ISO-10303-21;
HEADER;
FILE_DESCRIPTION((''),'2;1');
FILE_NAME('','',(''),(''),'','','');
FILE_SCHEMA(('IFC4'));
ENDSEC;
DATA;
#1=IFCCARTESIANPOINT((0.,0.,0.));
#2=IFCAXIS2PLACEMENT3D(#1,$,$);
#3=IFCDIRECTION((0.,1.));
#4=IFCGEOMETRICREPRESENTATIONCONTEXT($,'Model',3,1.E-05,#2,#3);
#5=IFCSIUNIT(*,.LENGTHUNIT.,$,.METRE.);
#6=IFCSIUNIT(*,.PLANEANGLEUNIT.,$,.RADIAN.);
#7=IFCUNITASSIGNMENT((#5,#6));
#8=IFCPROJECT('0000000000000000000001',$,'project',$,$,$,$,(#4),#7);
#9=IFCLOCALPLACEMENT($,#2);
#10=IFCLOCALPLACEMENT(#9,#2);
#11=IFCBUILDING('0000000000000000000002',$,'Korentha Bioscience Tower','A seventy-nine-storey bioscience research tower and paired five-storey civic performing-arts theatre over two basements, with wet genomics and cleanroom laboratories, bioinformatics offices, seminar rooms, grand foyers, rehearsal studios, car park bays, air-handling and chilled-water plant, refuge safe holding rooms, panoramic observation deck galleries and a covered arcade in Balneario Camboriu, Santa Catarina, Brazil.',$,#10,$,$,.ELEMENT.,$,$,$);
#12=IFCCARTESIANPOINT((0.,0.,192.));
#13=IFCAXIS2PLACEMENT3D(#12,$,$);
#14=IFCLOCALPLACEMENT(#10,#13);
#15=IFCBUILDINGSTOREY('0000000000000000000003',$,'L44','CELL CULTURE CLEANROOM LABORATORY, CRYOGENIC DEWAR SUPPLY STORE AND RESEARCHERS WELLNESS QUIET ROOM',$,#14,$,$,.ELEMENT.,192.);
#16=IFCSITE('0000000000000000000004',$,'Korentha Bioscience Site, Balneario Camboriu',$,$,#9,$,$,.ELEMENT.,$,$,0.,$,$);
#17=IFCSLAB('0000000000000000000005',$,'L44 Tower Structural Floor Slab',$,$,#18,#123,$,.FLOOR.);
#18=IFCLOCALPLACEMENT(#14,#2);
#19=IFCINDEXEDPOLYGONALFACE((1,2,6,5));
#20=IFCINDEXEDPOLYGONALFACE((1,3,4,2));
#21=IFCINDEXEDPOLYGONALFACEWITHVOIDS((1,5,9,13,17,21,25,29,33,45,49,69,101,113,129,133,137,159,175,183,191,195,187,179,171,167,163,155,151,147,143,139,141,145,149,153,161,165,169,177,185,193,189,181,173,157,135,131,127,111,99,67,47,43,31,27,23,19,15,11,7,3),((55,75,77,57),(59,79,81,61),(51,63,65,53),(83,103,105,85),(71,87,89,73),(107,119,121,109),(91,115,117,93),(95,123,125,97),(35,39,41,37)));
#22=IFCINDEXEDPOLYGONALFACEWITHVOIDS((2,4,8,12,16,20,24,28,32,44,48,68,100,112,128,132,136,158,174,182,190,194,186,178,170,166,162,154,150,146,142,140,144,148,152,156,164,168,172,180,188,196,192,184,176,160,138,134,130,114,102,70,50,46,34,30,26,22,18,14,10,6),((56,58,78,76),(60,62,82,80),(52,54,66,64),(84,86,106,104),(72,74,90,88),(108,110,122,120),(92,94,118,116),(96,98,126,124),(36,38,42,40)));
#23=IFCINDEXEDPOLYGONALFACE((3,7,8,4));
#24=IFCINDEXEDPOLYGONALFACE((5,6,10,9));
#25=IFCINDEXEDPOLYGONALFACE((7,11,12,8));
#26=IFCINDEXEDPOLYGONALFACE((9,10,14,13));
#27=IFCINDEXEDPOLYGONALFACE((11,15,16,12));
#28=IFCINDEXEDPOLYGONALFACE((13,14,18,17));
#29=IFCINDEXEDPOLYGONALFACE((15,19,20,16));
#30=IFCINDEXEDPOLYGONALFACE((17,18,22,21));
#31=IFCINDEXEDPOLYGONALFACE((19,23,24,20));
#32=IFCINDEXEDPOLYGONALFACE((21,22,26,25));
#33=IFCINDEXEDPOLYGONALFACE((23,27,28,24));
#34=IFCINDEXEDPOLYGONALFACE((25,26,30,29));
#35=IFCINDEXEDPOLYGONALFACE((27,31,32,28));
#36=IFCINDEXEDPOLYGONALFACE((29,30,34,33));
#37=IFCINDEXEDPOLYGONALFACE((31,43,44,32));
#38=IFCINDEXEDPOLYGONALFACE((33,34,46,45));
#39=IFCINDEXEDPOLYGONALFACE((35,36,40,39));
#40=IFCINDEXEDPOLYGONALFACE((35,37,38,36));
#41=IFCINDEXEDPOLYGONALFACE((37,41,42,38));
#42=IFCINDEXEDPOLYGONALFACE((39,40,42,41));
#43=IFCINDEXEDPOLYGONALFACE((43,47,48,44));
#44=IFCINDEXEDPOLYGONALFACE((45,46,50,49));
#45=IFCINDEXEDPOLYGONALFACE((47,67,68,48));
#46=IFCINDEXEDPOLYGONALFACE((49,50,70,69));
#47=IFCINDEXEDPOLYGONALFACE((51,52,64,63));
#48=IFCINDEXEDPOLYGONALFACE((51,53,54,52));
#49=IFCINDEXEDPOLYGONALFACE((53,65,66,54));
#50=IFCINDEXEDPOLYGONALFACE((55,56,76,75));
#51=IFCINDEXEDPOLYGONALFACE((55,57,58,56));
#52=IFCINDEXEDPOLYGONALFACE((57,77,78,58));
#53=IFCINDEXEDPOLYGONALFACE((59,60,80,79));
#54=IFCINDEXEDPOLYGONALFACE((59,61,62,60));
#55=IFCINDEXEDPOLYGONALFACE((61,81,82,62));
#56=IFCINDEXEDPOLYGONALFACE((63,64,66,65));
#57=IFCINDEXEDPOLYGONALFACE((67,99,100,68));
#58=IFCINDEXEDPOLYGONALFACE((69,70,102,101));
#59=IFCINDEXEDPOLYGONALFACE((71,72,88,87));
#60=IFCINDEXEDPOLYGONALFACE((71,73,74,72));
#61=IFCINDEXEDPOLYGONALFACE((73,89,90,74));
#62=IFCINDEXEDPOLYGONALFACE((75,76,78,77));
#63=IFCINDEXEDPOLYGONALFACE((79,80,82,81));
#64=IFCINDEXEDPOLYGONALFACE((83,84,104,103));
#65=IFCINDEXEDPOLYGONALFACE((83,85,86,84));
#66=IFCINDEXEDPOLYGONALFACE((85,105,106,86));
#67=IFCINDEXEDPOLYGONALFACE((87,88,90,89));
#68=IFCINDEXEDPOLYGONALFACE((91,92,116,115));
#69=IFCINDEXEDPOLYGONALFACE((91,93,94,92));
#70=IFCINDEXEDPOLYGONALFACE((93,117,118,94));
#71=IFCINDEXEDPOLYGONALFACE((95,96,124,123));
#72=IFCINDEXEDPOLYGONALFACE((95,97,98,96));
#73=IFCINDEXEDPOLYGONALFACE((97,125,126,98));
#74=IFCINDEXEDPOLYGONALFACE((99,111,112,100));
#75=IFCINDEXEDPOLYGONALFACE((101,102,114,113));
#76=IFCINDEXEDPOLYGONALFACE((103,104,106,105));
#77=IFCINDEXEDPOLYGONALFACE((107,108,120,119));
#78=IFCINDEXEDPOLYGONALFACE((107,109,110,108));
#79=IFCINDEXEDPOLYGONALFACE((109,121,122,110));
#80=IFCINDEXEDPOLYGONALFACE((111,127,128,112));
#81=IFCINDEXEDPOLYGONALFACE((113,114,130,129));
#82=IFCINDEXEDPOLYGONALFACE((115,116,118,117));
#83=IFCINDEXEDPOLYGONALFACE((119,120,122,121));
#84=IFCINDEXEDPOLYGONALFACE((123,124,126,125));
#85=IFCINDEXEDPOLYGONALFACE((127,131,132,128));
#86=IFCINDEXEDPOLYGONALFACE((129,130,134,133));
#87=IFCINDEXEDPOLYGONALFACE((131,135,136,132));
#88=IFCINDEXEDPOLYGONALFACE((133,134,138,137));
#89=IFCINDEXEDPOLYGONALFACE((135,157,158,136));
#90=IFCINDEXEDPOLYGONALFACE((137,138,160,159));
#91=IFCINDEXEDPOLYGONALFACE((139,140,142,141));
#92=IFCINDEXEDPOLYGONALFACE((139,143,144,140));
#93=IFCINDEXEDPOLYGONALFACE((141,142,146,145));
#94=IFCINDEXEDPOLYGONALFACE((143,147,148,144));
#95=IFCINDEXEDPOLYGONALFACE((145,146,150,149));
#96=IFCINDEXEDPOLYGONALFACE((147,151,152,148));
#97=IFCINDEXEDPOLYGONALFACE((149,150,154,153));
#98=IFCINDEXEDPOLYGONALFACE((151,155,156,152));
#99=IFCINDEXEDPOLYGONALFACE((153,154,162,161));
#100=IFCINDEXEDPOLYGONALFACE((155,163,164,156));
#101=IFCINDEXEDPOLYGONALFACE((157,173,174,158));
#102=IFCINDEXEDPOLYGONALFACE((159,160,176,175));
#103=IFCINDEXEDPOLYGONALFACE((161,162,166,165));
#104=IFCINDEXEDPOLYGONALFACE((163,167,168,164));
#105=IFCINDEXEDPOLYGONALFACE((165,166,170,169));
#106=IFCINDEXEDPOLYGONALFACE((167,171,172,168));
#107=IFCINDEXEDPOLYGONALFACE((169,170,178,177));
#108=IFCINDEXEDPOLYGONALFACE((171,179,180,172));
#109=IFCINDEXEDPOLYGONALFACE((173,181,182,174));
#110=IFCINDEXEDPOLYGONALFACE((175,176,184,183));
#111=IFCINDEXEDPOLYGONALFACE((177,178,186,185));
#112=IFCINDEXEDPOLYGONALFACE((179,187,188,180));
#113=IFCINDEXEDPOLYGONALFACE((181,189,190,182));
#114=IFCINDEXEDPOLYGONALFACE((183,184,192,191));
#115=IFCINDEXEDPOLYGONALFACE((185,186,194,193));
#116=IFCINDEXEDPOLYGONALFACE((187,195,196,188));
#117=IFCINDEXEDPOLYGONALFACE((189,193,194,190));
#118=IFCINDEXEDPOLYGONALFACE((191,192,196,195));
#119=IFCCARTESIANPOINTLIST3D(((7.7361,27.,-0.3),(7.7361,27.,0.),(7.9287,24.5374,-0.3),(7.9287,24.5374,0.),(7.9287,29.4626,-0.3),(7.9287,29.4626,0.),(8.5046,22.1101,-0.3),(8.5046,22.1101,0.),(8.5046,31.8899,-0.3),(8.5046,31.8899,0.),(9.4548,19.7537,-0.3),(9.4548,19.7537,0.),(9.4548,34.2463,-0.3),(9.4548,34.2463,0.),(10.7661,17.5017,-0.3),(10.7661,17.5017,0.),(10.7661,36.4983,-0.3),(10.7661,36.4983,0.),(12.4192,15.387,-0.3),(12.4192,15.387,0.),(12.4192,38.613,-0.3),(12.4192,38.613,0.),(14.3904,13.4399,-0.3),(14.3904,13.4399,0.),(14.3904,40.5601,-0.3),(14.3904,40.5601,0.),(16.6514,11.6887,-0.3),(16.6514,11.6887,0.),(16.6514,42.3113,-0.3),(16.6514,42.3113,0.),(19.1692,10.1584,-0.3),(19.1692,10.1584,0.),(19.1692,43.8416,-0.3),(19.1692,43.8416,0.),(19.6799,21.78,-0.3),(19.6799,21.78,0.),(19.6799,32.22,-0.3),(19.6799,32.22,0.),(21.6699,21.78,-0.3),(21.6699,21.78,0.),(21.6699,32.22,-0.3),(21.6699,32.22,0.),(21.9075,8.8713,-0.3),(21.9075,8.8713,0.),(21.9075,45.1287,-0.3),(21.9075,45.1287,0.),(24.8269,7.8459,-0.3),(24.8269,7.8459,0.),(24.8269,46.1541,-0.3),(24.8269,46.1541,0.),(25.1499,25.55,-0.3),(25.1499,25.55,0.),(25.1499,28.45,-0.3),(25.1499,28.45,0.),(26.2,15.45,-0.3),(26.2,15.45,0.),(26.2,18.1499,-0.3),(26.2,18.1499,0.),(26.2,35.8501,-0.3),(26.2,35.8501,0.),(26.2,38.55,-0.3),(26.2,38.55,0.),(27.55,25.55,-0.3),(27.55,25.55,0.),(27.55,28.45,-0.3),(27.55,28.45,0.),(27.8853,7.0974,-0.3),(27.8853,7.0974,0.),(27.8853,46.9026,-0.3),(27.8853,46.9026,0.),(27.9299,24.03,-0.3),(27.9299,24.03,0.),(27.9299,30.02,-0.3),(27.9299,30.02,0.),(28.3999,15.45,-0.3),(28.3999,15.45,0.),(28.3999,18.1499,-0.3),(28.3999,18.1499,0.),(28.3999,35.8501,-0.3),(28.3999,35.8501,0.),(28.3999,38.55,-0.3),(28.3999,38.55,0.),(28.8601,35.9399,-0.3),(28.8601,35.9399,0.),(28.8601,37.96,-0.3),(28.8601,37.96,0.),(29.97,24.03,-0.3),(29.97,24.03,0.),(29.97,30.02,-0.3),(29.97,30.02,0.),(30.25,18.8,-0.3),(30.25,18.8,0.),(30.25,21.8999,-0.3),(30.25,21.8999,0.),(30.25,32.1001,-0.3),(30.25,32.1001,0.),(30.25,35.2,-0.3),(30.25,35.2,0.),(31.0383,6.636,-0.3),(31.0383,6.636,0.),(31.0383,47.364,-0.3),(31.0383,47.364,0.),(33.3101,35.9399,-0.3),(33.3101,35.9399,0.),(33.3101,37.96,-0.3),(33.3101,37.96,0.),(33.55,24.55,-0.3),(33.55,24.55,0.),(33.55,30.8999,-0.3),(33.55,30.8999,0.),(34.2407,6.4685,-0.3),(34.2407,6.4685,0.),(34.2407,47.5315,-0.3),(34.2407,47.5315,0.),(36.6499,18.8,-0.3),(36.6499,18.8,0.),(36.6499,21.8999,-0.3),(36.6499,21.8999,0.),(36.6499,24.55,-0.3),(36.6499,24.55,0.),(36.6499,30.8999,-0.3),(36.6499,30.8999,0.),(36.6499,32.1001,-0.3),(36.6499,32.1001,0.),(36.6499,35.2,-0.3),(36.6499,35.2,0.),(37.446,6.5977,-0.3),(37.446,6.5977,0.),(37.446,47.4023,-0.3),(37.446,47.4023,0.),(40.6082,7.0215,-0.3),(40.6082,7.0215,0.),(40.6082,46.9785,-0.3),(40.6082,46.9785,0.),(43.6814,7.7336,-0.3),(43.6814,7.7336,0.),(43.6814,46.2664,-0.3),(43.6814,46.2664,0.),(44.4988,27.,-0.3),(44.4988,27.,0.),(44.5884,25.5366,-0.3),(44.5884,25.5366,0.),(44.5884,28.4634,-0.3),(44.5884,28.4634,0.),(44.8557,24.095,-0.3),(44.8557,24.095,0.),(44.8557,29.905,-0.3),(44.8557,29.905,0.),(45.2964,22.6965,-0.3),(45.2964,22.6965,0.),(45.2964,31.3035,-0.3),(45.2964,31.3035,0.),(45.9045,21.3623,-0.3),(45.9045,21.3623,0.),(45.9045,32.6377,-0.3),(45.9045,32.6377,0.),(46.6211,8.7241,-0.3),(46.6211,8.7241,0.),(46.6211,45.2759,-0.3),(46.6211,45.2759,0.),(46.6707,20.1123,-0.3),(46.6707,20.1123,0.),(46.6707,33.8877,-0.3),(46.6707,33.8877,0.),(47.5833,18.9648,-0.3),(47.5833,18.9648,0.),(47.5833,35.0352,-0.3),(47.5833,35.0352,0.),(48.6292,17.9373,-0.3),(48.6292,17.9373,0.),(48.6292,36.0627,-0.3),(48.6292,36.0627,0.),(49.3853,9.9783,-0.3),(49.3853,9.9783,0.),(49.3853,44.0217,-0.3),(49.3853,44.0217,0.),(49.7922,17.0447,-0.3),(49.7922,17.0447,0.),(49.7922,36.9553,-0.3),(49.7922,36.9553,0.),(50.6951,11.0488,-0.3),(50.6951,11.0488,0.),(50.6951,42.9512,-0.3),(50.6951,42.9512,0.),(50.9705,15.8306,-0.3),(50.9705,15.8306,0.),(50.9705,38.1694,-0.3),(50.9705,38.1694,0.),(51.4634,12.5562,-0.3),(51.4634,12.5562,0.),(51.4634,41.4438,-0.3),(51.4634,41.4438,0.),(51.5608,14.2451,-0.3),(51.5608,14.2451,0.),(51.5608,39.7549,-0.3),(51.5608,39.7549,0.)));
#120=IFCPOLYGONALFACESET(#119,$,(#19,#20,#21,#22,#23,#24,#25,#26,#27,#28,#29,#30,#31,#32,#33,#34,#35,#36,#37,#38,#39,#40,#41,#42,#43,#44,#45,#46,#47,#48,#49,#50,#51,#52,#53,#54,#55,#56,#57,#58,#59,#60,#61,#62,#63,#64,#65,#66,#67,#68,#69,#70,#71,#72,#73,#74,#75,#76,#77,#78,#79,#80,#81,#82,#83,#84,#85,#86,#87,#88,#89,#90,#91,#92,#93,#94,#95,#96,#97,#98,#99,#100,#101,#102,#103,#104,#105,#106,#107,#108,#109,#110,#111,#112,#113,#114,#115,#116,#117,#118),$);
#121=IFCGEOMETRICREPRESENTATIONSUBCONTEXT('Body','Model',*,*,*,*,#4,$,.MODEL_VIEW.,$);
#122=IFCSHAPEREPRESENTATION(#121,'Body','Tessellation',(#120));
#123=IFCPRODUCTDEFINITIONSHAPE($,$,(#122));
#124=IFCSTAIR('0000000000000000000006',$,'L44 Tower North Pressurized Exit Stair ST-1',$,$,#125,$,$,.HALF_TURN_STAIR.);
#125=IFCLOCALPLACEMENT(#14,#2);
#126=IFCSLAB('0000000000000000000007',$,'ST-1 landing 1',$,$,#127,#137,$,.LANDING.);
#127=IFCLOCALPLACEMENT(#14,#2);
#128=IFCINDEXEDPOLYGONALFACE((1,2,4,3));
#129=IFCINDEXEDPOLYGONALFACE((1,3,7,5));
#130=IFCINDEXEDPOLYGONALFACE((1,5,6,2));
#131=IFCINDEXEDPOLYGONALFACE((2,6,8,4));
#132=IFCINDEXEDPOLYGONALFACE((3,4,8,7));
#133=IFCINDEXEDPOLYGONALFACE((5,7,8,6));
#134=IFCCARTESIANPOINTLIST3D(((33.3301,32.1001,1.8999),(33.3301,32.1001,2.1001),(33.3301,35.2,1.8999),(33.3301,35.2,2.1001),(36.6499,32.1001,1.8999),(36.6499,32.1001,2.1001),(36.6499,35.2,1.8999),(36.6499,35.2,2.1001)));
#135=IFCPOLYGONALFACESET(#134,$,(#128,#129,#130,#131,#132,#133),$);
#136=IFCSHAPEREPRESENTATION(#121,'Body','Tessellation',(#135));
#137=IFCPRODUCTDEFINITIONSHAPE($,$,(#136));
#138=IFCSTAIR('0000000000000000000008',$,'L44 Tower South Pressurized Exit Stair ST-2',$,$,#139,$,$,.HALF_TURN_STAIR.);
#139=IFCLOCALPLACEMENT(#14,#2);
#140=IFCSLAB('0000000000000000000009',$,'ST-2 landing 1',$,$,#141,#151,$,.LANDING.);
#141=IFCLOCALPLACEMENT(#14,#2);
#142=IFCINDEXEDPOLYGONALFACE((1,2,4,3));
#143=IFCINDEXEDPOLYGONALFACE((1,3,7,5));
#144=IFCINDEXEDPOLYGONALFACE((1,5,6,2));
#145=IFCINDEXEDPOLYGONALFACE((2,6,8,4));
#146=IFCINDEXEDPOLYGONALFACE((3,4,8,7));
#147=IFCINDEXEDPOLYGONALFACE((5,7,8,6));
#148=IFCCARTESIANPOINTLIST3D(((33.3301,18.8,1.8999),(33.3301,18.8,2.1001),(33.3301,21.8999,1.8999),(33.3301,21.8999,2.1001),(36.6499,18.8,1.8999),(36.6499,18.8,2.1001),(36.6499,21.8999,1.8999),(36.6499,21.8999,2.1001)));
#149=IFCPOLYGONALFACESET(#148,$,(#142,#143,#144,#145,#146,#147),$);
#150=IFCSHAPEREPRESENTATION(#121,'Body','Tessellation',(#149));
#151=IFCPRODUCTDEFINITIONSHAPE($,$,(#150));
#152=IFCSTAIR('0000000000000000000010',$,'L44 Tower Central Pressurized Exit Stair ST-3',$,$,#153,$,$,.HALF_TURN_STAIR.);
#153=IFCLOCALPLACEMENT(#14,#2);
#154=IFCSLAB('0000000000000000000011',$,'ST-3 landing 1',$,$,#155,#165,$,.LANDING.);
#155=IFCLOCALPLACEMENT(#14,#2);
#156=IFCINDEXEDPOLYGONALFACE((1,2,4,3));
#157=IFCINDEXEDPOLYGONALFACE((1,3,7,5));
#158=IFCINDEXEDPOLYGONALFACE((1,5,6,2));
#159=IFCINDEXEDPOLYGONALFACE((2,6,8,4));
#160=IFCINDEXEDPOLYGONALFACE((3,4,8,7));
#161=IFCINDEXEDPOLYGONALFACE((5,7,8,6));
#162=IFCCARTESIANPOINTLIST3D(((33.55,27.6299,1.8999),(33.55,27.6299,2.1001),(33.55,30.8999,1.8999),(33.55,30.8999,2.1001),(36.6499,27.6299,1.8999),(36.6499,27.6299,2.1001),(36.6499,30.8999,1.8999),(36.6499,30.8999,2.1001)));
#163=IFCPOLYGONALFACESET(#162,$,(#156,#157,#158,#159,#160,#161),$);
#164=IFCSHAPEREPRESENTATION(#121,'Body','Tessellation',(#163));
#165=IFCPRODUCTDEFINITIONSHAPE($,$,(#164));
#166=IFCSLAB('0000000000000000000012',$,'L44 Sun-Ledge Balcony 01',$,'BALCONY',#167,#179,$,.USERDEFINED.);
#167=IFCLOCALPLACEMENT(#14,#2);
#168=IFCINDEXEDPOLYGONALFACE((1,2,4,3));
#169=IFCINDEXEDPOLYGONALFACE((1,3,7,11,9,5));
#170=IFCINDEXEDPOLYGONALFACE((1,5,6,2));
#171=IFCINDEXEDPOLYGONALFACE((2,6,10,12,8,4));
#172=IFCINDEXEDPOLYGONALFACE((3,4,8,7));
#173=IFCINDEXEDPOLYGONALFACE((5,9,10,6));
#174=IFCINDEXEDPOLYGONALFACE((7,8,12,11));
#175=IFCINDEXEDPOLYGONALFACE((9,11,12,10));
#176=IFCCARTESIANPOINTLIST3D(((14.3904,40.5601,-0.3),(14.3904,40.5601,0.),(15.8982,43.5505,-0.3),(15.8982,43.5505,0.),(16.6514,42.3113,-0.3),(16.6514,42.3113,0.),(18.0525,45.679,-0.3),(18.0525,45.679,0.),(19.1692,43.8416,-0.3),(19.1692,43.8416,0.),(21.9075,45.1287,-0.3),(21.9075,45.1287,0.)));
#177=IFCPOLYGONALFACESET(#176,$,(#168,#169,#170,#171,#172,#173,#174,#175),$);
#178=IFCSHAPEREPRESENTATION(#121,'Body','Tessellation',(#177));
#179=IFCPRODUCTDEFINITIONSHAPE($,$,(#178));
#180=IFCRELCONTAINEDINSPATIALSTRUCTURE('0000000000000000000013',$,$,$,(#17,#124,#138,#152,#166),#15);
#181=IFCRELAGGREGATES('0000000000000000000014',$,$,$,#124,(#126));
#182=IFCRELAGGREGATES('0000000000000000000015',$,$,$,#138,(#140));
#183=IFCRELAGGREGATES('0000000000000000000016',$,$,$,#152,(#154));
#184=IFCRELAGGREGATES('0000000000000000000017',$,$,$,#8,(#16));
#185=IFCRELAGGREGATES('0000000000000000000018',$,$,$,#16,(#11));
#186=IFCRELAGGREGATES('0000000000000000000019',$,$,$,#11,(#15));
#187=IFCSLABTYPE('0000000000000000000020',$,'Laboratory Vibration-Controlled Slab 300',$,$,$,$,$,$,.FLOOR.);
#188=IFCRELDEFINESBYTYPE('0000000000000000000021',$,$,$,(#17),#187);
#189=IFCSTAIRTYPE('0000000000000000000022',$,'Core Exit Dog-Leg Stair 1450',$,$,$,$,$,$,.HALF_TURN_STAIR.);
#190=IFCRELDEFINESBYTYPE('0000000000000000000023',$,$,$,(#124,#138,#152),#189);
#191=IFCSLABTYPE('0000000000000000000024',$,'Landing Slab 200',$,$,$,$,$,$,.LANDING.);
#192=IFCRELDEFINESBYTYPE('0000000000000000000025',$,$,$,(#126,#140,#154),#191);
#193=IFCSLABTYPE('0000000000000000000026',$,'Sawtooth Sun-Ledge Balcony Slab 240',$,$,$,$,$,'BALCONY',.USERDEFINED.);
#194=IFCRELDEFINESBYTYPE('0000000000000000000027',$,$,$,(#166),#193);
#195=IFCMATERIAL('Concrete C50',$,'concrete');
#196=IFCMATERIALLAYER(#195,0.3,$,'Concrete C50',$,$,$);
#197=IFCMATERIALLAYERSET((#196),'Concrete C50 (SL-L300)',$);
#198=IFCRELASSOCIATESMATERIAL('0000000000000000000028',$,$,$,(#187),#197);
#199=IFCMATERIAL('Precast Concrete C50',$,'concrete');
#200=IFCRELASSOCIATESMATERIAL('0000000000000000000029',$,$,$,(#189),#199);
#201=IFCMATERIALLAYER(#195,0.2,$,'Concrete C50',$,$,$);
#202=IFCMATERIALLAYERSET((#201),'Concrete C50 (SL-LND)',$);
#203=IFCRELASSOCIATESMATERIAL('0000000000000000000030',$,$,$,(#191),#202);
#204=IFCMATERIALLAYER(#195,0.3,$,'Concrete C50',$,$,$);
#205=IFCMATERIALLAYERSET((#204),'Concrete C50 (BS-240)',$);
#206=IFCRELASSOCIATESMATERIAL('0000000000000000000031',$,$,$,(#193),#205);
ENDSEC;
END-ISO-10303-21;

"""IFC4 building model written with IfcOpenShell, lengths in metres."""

from ifc_helpers import new_model, si_unit, direction, frame, origin, place, context, subcontext, project, spatial, polyline, outline, extrude, material, layer, layer_set, type_object, element, aggregate, save


model = new_model("IFC4")

# Units and contexts
model_context = context("Model", 3, precision=1e-05, world=origin(), true_north=direction((0.0, 1.0)))
body_context = subcontext(model_context, "Body", "Model", "MODEL_VIEW")
ifc_project = project(units=[si_unit("LENGTHUNIT", "METRE"), si_unit("PLANEANGLEUNIT", "RADIAN")], contexts=[model_context])

# Site, building, storey
site_placement = place(None, origin())
site = spatial("IfcSite", under=ifc_project, at=site_placement, Name="Korentha Bioscience Site, Balneario Camboriu", CompositionType="ELEMENT", RefElevation=0.0)
building_placement = place(site_placement, origin())
building = spatial("IfcBuilding", under=site, at=building_placement, Name="Korentha Bioscience Tower", Description="A seventy-nine-storey bioscience research tower and paired five-storey civic performing-arts theatre over two basements, with wet genomics and cleanroom laboratories, bioinformatics offices, seminar rooms, grand foyers, rehearsal studios, car park bays, air-handling and chilled-water plant, refuge safe holding rooms, panoramic observation deck galleries and a covered arcade in Balneario Camboriu, Santa Catarina, Brazil.", CompositionType="ELEMENT")
storey_placement = place(building_placement, frame((0.0, 0.0, 192.0)))
storey = spatial("IfcBuildingStorey", under=building, at=storey_placement, Name="L44", Description="CELL CULTURE CLEANROOM LABORATORY, CRYOGENIC DEWAR SUPPLY STORE AND RESEARCHERS WELLNESS QUIET ROOM", CompositionType="ELEMENT", Elevation=192.0)

# Slab
ifc_material_1 = material(Name="Concrete C50", Category="concrete")
ifc_layer_1 = layer(ifc_material_1, 0.3, Name="Concrete C50")
ifc_layer_set_1 = layer_set([ifc_layer_1], Name="Concrete C50 (SL-L300)")
slab_type_1 = type_object("IfcSlabType", Name="Laboratory Vibration-Controlled Slab 300", PredefinedType="FLOOR", material=ifc_layer_set_1)
slab_1_placement = place(storey_placement, frame((0.0, 0.0, -0.3)))
element("IfcSlab", 1, at=slab_1_placement, inside=storey, type_object=slab_type_1, Name="L44 Tower Structural Floor Slab", PredefinedType="FLOOR", context=body_context, shape_type="SweptSolid", body=[
    extrude(outline(polyline([(49.3853, 44.0217), (46.6211, 45.2759), (43.6814, 46.2664), (40.6082, 46.9785), (37.446, 47.4023), (34.2407, 47.5315), (31.0383, 47.364), (27.8853, 46.9026), (24.8269, 46.1541), (21.9075, 45.1287), (19.1692, 43.8416), (16.6514, 42.3113), (14.3904, 40.5601), (12.4192, 38.613), (10.7661, 36.4983), (9.4548, 34.2463), (8.5046, 31.8899), (7.9287, 29.4626), (7.7361, 27.0), (7.9287, 24.5374), (8.5046, 22.1101), (9.4548, 19.7537), (10.7661, 17.5017), (12.4192, 15.387), (14.3904, 13.4399), (16.6514, 11.6887), (19.1692, 10.1584), (21.9075, 8.8713), (24.8269, 7.8459), (27.8853, 7.0974), (31.0383, 6.636), (34.2407, 6.4685), (37.446, 6.5977), (40.6082, 7.0215), (43.6814, 7.7336), (46.6211, 8.7241), (49.3853, 9.9783), (50.6951, 11.0488), (51.4634, 12.5562), (51.5608, 14.2451), (50.9705, 15.8306), (49.7922, 17.0447), (48.6292, 17.9373), (47.5833, 18.9648), (46.6707, 20.1123), (45.9045, 21.3623), (45.2964, 22.6965), (44.8557, 24.095), (44.5884, 25.5366), (44.4988, 27.0), (44.5884, 28.4634), (44.8557, 29.905), (45.2964, 31.3035), (45.9045, 32.6377), (46.6707, 33.8877), (47.5833, 35.0352), (48.6292, 36.0627), (49.7922, 36.9553), (50.9705, 38.1694), (51.5608, 39.7549), (51.4634, 41.4438), (50.6951, 42.9512), (49.3853, 44.0217)]), holes=[polyline([(30.25, 32.1001), (36.6499, 32.1001), (36.6499, 35.2), (30.25, 35.2), (30.25, 32.1001)]), polyline([(30.25, 18.8), (36.6499, 18.8), (36.6499, 21.8999), (30.25, 21.8999), (30.25, 18.8)]), polyline([(36.6499, 24.55), (36.6499, 30.8999), (33.55, 30.8999), (33.55, 24.55), (36.6499, 24.55)]), polyline([(19.6799, 21.78), (21.6699, 21.78), (21.6699, 32.22), (19.6799, 32.22), (19.6799, 21.78)]), polyline([(27.9299, 24.03), (29.97, 24.03), (29.97, 30.02), (27.9299, 30.02), (27.9299, 24.03)]), polyline([(28.8601, 35.9399), (33.3101, 35.9399), (33.3101, 37.96), (28.8601, 37.96), (28.8601, 35.9399)]), polyline([(26.2, 15.45), (28.3999, 15.45), (28.3999, 18.1499), (26.2, 18.1499), (26.2, 15.45)]), polyline([(26.2, 35.8501), (28.3999, 35.8501), (28.3999, 38.55), (26.2, 38.55), (26.2, 35.8501)]), polyline([(25.1499, 25.55), (27.55, 25.55), (27.55, 28.45), (25.1499, 28.45), (25.1499, 25.55)])]), origin(), (0.0, 0.0, 1.0), 0.3),
])

# Stairs, slabs
ifc_material_2 = material(Name="Precast Concrete C50", Category="concrete")
stair_type = type_object("IfcStairType", Name="Core Exit Dog-Leg Stair 1450", PredefinedType="HALF_TURN_STAIR", material=ifc_material_2)
stair_1_placement = place(storey_placement, origin())
stair_1 = element("IfcStair", 2, at=stair_1_placement, inside=storey, type_object=stair_type, Name="L44 Tower North Pressurized Exit Stair ST-1", PredefinedType="HALF_TURN_STAIR")
ifc_layer_2 = layer(ifc_material_1, 0.2, Name="Concrete C50")
ifc_layer_set_2 = layer_set([ifc_layer_2], Name="Concrete C50 (SL-LND)")
slab_type_2 = type_object("IfcSlabType", Name="Landing Slab 200", PredefinedType="LANDING", material=ifc_layer_set_2)
slab_2_placement = place(storey_placement, frame((0.0, 0.0, 1.8999)))
slab_2 = element("IfcSlab", 3, at=slab_2_placement, type_object=slab_type_2, Name="ST-1 landing 1", PredefinedType="LANDING", context=body_context, shape_type="SweptSolid", body=[
    extrude(outline(polyline([(33.3301, 32.1001), (36.6499, 32.1001), (36.6499, 35.2), (33.3301, 35.2), (33.3301, 32.1001)])), origin(), (0.0, 0.0, 1.0), 0.2002),
])
aggregate(stair_1, [slab_2])
stair_2_placement = place(storey_placement, origin())
stair_2 = element("IfcStair", 4, at=stair_2_placement, inside=storey, type_object=stair_type, Name="L44 Tower South Pressurized Exit Stair ST-2", PredefinedType="HALF_TURN_STAIR")
slab_3_placement = place(storey_placement, frame((0.0, 0.0, 1.8999)))
slab_3 = element("IfcSlab", 5, at=slab_3_placement, type_object=slab_type_2, Name="ST-2 landing 1", PredefinedType="LANDING", context=body_context, shape_type="SweptSolid", body=[
    extrude(outline(polyline([(33.3301, 18.8), (36.6499, 18.8), (36.6499, 21.8999), (33.3301, 21.8999), (33.3301, 18.8)])), origin(), (0.0, 0.0, 1.0), 0.2002),
])
aggregate(stair_2, [slab_3])
stair_3_placement = place(storey_placement, origin())
stair_3 = element("IfcStair", 6, at=stair_3_placement, inside=storey, type_object=stair_type, Name="L44 Tower Central Pressurized Exit Stair ST-3", PredefinedType="HALF_TURN_STAIR")
slab_4_placement = place(storey_placement, frame((0.0, 0.0, 1.8999)))
slab_4 = element("IfcSlab", 7, at=slab_4_placement, type_object=slab_type_2, Name="ST-3 landing 1", PredefinedType="LANDING", context=body_context, shape_type="SweptSolid", body=[
    extrude(outline(polyline([(36.6499, 27.6299), (36.6499, 30.8999), (33.55, 30.8999), (33.55, 27.6299), (36.6499, 27.6299)])), origin(), (0.0, 0.0, 1.0), 0.2002),
])
aggregate(stair_3, [slab_4])

# Slab
ifc_layer_3 = layer(ifc_material_1, 0.3, Name="Concrete C50")
ifc_layer_set_3 = layer_set([ifc_layer_3], Name="Concrete C50 (BS-240)")
slab_type_3 = type_object("IfcSlabType", Name="Sawtooth Sun-Ledge Balcony Slab 240", ElementType="BALCONY", PredefinedType="USERDEFINED", material=ifc_layer_set_3)
slab_5_placement = place(storey_placement, frame((0.0, 0.0, -0.3)))
element("IfcSlab", 8, at=slab_5_placement, inside=storey, type_object=slab_type_3, Name="L44 Sun-Ledge Balcony 01", ObjectType="BALCONY", PredefinedType="USERDEFINED", context=body_context, shape_type="SweptSolid", body=[
    extrude(outline(polyline([(14.3904, 40.5601), (16.6514, 42.3113), (19.1692, 43.8416), (21.9075, 45.1287), (18.0525, 45.679), (15.8982, 43.5505), (14.3904, 40.5601)])), origin(), (0.0, 0.0, 1.0), 0.3),
])

save(model, "model.ifc")
